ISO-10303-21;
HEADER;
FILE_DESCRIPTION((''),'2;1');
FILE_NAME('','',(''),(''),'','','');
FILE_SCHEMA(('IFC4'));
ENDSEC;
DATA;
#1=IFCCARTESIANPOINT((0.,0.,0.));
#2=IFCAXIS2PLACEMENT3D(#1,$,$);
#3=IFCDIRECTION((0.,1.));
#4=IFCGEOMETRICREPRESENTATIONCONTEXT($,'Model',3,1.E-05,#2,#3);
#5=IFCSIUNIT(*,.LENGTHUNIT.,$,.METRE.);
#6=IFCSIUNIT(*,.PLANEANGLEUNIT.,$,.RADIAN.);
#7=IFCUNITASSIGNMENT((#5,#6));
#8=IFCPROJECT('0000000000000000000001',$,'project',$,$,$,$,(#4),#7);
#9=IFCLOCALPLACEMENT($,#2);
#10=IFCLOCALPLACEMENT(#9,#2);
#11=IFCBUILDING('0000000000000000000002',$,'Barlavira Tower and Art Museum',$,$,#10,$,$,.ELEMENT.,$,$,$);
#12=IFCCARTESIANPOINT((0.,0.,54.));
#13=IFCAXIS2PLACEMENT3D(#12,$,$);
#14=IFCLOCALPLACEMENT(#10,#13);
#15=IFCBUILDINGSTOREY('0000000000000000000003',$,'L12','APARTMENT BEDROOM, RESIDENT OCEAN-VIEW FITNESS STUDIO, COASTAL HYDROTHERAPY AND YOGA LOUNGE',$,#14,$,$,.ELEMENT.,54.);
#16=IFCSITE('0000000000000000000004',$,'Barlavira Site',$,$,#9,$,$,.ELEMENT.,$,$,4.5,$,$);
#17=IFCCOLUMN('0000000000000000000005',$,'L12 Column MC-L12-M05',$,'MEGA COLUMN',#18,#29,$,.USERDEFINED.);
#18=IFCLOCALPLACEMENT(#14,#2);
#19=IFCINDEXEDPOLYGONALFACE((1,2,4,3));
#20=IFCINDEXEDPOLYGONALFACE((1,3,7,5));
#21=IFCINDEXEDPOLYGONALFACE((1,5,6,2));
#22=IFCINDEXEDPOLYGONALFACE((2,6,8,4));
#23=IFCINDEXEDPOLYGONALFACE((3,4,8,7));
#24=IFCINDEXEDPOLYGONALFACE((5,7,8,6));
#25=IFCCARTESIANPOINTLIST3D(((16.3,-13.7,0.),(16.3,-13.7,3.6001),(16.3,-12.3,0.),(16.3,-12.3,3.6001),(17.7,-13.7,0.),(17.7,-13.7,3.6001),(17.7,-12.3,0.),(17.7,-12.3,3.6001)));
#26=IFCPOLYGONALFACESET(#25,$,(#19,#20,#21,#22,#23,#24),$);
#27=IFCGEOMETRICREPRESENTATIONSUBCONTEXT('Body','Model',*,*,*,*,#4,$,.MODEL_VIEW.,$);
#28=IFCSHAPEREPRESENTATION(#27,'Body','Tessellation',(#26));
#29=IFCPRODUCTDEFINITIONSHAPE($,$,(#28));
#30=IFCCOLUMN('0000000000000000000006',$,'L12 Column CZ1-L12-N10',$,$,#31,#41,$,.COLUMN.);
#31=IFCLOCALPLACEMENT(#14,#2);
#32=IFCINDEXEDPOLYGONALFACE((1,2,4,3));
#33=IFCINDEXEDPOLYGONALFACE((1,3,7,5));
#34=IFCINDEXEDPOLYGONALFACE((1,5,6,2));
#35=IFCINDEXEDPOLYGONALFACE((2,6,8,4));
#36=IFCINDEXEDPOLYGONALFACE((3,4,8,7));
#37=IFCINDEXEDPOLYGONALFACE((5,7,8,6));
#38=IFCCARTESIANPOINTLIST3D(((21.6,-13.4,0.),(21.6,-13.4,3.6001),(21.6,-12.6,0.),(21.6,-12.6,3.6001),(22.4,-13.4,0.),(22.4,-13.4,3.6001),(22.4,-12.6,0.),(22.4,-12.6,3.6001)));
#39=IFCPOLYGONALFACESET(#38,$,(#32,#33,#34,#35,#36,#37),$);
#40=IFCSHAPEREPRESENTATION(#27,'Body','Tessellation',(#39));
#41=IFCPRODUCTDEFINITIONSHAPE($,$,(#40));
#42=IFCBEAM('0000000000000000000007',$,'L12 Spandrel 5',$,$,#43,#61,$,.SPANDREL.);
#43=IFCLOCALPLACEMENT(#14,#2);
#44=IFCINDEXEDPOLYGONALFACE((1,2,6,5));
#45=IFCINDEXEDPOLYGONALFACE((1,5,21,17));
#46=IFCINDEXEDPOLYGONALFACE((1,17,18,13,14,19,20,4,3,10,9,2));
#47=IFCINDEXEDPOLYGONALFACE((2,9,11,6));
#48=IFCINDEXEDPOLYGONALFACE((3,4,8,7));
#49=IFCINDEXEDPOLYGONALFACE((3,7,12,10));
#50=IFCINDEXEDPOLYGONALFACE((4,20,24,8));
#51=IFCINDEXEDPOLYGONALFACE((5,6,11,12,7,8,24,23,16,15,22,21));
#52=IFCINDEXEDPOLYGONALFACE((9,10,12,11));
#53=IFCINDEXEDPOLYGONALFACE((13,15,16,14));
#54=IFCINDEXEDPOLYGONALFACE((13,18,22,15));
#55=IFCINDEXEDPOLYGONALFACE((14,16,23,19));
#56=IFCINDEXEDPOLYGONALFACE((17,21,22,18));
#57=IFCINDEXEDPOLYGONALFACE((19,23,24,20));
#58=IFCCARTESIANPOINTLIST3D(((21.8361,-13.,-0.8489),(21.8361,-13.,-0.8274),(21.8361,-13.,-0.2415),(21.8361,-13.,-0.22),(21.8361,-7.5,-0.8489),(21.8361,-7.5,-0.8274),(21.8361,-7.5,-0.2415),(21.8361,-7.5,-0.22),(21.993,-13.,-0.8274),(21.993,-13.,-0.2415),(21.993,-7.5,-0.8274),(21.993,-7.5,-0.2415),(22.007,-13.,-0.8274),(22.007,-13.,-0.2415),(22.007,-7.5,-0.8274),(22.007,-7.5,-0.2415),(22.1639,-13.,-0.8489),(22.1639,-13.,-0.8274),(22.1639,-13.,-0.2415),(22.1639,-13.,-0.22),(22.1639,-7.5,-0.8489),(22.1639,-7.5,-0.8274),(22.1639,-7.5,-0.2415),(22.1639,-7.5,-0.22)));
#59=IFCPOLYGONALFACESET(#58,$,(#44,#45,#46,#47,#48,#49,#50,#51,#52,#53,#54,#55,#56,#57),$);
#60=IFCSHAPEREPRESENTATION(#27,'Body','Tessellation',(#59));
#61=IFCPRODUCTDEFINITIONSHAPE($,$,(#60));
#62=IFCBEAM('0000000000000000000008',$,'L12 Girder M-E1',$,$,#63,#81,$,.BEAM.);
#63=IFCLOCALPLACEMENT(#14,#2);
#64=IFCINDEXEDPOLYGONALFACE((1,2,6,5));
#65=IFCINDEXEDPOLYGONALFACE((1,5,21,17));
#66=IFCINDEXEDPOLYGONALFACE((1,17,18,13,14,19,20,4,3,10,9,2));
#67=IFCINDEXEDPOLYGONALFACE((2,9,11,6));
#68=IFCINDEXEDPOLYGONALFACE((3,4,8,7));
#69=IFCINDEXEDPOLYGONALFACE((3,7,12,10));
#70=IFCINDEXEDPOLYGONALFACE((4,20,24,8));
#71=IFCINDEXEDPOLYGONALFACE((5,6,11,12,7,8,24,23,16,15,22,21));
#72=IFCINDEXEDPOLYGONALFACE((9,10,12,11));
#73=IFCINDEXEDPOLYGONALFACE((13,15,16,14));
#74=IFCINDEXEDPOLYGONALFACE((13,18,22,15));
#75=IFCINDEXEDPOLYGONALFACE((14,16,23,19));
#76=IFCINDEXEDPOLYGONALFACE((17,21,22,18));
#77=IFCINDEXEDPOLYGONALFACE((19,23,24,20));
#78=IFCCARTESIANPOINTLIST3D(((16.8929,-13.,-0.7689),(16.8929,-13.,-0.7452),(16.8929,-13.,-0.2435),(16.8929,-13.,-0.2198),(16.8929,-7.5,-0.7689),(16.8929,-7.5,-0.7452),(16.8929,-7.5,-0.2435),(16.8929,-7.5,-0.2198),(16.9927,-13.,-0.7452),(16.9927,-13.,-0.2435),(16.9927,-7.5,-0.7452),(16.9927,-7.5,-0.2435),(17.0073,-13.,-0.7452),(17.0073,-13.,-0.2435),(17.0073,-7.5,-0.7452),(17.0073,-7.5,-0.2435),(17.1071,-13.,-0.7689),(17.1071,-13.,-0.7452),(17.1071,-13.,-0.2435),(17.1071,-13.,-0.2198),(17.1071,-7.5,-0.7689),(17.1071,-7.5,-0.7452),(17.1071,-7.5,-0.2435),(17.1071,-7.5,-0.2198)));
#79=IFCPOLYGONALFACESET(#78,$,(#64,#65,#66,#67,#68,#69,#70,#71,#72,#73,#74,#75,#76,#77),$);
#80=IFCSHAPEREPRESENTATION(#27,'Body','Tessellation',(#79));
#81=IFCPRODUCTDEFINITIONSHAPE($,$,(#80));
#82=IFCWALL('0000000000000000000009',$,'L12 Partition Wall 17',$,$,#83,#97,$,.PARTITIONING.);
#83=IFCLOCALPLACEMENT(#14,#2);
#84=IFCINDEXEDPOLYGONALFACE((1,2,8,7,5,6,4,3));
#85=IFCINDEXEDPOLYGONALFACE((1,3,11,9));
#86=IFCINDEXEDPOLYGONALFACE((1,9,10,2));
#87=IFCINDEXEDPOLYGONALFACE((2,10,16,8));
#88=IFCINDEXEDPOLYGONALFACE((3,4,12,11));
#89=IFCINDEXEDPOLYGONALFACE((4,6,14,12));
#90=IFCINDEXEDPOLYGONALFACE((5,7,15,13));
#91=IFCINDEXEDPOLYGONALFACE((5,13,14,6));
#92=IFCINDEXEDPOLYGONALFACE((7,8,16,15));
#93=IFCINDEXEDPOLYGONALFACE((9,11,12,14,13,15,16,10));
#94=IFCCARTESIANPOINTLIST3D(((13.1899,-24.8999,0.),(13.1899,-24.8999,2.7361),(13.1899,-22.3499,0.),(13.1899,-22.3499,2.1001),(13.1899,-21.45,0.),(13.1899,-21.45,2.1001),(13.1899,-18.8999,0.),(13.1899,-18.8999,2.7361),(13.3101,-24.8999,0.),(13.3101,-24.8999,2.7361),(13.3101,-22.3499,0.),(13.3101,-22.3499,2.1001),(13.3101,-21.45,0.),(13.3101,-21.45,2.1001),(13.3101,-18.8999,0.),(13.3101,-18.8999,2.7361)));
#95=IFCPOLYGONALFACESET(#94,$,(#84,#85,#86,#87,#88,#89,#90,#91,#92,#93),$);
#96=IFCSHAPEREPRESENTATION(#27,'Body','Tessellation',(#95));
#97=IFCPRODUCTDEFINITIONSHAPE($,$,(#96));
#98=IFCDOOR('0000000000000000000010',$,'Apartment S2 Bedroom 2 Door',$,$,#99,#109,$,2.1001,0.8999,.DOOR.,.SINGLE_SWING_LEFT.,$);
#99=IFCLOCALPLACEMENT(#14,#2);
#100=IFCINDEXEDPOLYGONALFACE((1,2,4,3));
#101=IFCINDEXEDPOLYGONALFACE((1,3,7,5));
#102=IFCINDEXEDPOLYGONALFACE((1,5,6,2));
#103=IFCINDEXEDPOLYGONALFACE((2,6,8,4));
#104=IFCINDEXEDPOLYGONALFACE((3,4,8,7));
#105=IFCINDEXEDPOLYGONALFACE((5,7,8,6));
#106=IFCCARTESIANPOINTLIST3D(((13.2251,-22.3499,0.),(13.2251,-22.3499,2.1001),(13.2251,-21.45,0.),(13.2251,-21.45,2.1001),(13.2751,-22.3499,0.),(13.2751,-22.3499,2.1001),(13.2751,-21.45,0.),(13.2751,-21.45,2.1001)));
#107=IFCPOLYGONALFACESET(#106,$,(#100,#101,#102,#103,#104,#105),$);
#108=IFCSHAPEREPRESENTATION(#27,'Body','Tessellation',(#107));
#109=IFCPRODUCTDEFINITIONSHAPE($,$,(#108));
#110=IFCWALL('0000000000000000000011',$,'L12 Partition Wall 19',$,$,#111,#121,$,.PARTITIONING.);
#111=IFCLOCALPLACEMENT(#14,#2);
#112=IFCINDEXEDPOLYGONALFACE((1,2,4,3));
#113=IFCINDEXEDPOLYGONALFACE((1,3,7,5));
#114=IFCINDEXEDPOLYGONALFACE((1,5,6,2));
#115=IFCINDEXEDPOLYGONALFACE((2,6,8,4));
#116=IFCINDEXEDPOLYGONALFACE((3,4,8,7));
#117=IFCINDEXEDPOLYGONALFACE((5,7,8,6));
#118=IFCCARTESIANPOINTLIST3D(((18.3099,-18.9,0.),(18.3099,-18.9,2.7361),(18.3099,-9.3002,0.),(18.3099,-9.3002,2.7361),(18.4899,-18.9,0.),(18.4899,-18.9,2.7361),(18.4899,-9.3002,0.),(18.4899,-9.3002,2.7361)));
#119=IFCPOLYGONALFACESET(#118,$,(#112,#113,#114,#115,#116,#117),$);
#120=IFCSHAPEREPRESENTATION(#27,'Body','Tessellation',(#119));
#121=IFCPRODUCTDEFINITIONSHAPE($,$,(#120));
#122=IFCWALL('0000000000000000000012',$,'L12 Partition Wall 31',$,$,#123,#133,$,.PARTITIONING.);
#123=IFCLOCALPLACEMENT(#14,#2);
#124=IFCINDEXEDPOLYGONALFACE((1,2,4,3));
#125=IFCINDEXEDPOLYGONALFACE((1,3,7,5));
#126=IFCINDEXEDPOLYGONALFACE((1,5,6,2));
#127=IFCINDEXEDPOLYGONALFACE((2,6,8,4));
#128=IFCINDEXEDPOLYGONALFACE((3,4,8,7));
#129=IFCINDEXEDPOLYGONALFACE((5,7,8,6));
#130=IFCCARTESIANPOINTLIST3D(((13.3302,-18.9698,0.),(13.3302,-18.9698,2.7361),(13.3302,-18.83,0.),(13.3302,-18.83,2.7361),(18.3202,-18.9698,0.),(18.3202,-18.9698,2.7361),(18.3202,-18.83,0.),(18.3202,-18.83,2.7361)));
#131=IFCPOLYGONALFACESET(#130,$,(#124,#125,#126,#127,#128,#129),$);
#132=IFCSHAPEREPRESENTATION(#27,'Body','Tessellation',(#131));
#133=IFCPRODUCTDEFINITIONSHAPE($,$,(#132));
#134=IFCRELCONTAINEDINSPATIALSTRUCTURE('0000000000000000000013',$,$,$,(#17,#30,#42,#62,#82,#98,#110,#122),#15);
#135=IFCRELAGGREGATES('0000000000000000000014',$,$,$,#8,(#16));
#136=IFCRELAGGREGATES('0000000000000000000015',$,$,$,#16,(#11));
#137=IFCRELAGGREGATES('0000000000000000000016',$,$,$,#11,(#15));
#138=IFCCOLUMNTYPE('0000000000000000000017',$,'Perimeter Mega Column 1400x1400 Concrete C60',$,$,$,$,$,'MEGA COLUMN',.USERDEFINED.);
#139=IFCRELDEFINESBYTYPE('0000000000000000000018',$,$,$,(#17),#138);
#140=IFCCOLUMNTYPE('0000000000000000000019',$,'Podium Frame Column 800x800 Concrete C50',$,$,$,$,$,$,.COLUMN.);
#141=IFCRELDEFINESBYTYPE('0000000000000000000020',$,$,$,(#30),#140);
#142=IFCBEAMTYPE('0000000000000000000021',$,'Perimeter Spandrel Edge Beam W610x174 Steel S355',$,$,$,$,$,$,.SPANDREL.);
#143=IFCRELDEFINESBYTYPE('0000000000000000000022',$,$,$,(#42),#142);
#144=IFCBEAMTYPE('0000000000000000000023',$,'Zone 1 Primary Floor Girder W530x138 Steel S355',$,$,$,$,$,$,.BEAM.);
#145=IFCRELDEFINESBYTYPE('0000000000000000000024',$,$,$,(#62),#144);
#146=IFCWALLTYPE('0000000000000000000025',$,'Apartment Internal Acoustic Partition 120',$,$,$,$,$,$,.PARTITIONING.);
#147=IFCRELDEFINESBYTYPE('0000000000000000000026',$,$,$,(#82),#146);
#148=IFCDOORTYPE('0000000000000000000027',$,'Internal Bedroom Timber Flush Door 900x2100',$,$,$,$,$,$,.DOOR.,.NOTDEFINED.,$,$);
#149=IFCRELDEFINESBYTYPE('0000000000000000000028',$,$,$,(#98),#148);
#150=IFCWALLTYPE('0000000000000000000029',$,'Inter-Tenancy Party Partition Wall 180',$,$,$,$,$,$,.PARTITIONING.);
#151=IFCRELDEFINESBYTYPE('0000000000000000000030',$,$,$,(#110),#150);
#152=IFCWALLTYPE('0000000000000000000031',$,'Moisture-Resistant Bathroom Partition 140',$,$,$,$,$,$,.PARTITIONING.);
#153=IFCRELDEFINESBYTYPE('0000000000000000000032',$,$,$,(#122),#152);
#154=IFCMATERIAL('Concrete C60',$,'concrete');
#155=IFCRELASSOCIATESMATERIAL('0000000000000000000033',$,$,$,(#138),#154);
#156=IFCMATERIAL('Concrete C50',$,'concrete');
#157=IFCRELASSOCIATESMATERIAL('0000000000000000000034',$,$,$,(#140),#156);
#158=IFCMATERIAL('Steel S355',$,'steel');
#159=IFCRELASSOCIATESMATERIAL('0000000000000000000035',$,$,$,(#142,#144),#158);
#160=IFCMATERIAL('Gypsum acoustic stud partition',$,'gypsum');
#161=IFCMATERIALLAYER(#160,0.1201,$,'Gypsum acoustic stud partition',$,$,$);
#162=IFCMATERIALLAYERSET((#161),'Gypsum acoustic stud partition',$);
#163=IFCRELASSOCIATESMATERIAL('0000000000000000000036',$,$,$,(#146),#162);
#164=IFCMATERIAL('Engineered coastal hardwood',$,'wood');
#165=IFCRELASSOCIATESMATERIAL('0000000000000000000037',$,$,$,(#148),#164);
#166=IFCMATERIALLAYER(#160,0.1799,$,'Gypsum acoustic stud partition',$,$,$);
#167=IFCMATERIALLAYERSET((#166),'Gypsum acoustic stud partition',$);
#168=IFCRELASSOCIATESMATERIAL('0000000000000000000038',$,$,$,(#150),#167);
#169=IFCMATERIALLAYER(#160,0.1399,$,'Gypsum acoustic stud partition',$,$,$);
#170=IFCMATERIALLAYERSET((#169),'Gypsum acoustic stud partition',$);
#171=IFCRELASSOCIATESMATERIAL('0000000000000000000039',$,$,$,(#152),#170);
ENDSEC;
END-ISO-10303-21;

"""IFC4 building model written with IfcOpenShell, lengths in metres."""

from ifc_helpers import new_model, si_unit, direction, frame, frame_2d, origin, origin_2d, place, context, subcontext, project, spatial, rectangle, i_section, extrude, material, layer, layer_set, material_profile, profile_set, type_object, element, fill, save


model = new_model("IFC4")

# Units and contexts
model_context = context("Model", 3, precision=1e-05, world=origin(), true_north=direction((0.0, 1.0)))
body_context = subcontext(model_context, "Body", "Model", "MODEL_VIEW")
ifc_project = project(units=[si_unit("LENGTHUNIT", "METRE"), si_unit("PLANEANGLEUNIT", "RADIAN")], contexts=[model_context])

# Site, building, storey
site_placement = place(None, origin())
site = spatial("IfcSite", under=ifc_project, at=site_placement, Name="Barlavira Site", CompositionType="ELEMENT", RefElevation=4.5)
building_placement = place(site_placement, origin())
building = spatial("IfcBuilding", under=site, at=building_placement, Name="Barlavira Tower and Art Museum", CompositionType="ELEMENT")
storey_placement = place(building_placement, frame((0.0, 0.0, 54.0)))
storey = spatial("IfcBuildingStorey", under=building, at=storey_placement, Name="L12", Description="APARTMENT BEDROOM, RESIDENT OCEAN-VIEW FITNESS STUDIO, COASTAL HYDROTHERAPY AND YOGA LOUNGE", CompositionType="ELEMENT", Elevation=54.0)

# Columns
ifc_material_1 = material(Name="Concrete C60", Category="concrete")
ifc_material_profile_1 = material_profile(ifc_material_1, rectangle(XDim=1.3999, YDim=1.3999, at=origin_2d()), Name="RC-MCOL 1400x1400")
ifc_profile_set_1 = profile_set([ifc_material_profile_1], Name="Concrete C60")
column_type_1 = type_object("IfcColumnType", Name="Perimeter Mega Column 1400x1400 Concrete C60", ElementType="MEGA COLUMN", PredefinedType="USERDEFINED", material=ifc_profile_set_1)
column_1_placement = place(storey_placement, frame((17.0, -13.0, 0.0), z_axis=(0.0, 0.0, 1.0), x_axis=(1.0, 0.0, 0.0)))
element("IfcColumn", 1, at=column_1_placement, inside=storey, type_object=column_type_1, Name="L12 Column MC-L12-M05", ObjectType="MEGA COLUMN", PredefinedType="USERDEFINED", context=body_context, shape_type="SweptSolid", body=[
    extrude(rectangle(XDim=1.3999, YDim=1.3999, at=origin_2d()), origin(), (0.0, 0.0, 1.0), 3.6001),
])
ifc_material_2 = material(Name="Concrete C50", Category="concrete")
ifc_material_profile_2 = material_profile(ifc_material_2, rectangle(XDim=0.8, YDim=0.8, at=origin_2d()), Name="RC-COL 800x800")
ifc_profile_set_2 = profile_set([ifc_material_profile_2], Name="Concrete C50")
column_type_2 = type_object("IfcColumnType", Name="Podium Frame Column 800x800 Concrete C50", PredefinedType="COLUMN", material=ifc_profile_set_2)
column_2_placement = place(storey_placement, frame((22.0, -13.0, 0.0), z_axis=(0.0, 0.0, 1.0), x_axis=(1.0, 0.0, 0.0)))
element("IfcColumn", 2, at=column_2_placement, inside=storey, type_object=column_type_2, Name="L12 Column CZ1-L12-N10", PredefinedType="COLUMN", context=body_context, shape_type="SweptSolid", body=[
    extrude(rectangle(XDim=0.8, YDim=0.8, at=origin_2d()), origin(), (0.0, 0.0, 1.0), 3.6001),
])

# Beams
ifc_material_3 = material(Name="Steel S355", Category="steel")
ifc_material_profile_3 = material_profile(ifc_material_3, i_section(OverallWidth=0.3279, OverallDepth=0.6289, WebThickness=0.0139, FlangeThickness=0.0215, at=origin_2d()), Name="W610x174.0")
ifc_profile_set_3 = profile_set([ifc_material_profile_3], Name="Steel S355")
beam_type_1 = type_object("IfcBeamType", Name="Perimeter Spandrel Edge Beam W610x174 Steel S355", PredefinedType="SPANDREL", material=ifc_profile_set_3)
beam_1_placement = place(storey_placement, frame((22.0, -13.0, -0.5344), z_axis=(0.0, 1.0, 0.0), x_axis=(-1.0, 0.0, 0.0)))
element("IfcBeam", 3, at=beam_1_placement, inside=storey, type_object=beam_type_1, Name="L12 Spandrel 5", PredefinedType="SPANDREL", context=body_context, shape_type="SweptSolid", body=[
    extrude(i_section(OverallWidth=0.3279, OverallDepth=0.6289, WebThickness=0.0139, FlangeThickness=0.0215, at=origin_2d()), origin(), (0.0, 0.0, 1.0), 5.5),
])
ifc_material_profile_4 = material_profile(ifc_material_3, i_section(OverallWidth=0.2141, OverallDepth=0.5491, WebThickness=0.0146, FlangeThickness=0.0237, at=origin_2d()), Name="W530x138.0")
ifc_profile_set_4 = profile_set([ifc_material_profile_4], Name="Steel S355")
beam_type_2 = type_object("IfcBeamType", Name="Zone 1 Primary Floor Girder W530x138 Steel S355", PredefinedType="BEAM", material=ifc_profile_set_4)
beam_2_placement = place(storey_placement, frame((17.0, -13.0, -0.4944), z_axis=(0.0, 1.0, 0.0), x_axis=(-1.0, 0.0, 0.0)))
element("IfcBeam", 4, at=beam_2_placement, inside=storey, type_object=beam_type_2, Name="L12 Girder M-E1", PredefinedType="BEAM", context=body_context, shape_type="SweptSolid", body=[
    extrude(i_section(OverallWidth=0.2141, OverallDepth=0.5491, WebThickness=0.0146, FlangeThickness=0.0237, at=origin_2d()), origin(), (0.0, 0.0, 1.0), 5.5),
])

# Wall, opening, door
ifc_material_4 = material(Name="Gypsum acoustic stud partition", Category="gypsum")
ifc_layer_1 = layer(ifc_material_4, 0.1201, Name="Gypsum acoustic stud partition")
ifc_layer_set_1 = layer_set([ifc_layer_1], Name="Gypsum acoustic stud partition")
wall_type_1 = type_object("IfcWallType", Name="Apartment Internal Acoustic Partition 120", PredefinedType="PARTITIONING", material=ifc_layer_set_1)
wall_1_placement = place(storey_placement, frame((13.25, -24.8999, 0.0), z_axis=(0.0, 0.0, 1.0), x_axis=(0.0, 1.0, 0.0)))
wall_1 = element("IfcWall", 5, at=wall_1_placement, inside=storey, type_object=wall_type_1, Name="L12 Partition Wall 17", PredefinedType="PARTITIONING", context=body_context, shape_type="SweptSolid", body=[
    extrude(rectangle(XDim=6.0, YDim=0.1201, at=frame_2d((3.0, 0.0))), origin(), (0.0, 0.0, 1.0), 2.7361),
])
opening_1_placement = place(wall_1_placement, frame((2.55, 0.0, 0.0)))
opening_1 = element("IfcOpeningElement", 6, at=opening_1_placement, cuts=wall_1, PredefinedType="OPENING", context=body_context, shape_type="SweptSolid", body=[
    extrude(rectangle(XDim=0.8999, YDim=2.1001, at=frame_2d((0.45, 1.05))), frame((0.0, 0.0701, 0.0), z_axis=(0.0, -1.0, 0.0), x_axis=(1.0, 0.0, 0.0)), (0.0, 0.0, 1.0), 0.1401),
])
ifc_material_5 = material(Name="Engineered coastal hardwood", Category="wood")
door_type = type_object("IfcDoorType", Name="Internal Bedroom Timber Flush Door 900x2100", OperationType="NOTDEFINED", PredefinedType="DOOR", material=ifc_material_5)
door_placement = place(opening_1_placement, origin())
door = element("IfcDoor", 7, at=door_placement, inside=storey, type_object=door_type, Name="Apartment S2 Bedroom 2 Door", OperationType="SINGLE_SWING_LEFT", OverallHeight=2.1001, OverallWidth=0.8999, PredefinedType="DOOR", context=body_context, shape_type="SweptSolid", body=[
    extrude(rectangle(XDim=0.8999, YDim=2.1001, at=frame_2d((0.45, 1.05))), frame((0.0, 0.0249, 0.0), z_axis=(0.0, -1.0, 0.0), x_axis=(1.0, 0.0, 0.0)), (0.0, 0.0, 1.0), 0.05),
])
fill(opening_1, door)

# Walls
ifc_layer_2 = layer(ifc_material_4, 0.1799, Name="Gypsum acoustic stud partition")
ifc_layer_set_2 = layer_set([ifc_layer_2], Name="Gypsum acoustic stud partition")
wall_type_2 = type_object("IfcWallType", Name="Inter-Tenancy Party Partition Wall 180", PredefinedType="PARTITIONING", material=ifc_layer_set_2)
wall_2_placement = place(storey_placement, frame((18.3999, -18.8999, 0.0), z_axis=(0.0, 0.0, 1.0), x_axis=(0.0, 1.0, 0.0)))
element("IfcWall", 8, at=wall_2_placement, inside=storey, type_object=wall_type_2, Name="L12 Partition Wall 19", PredefinedType="PARTITIONING", context=body_context, shape_type="SweptSolid", body=[
    extrude(rectangle(XDim=9.5999, YDim=0.1799, at=frame_2d((4.7998, 0.0))), origin(), (0.0, 0.0, 1.0), 2.7361),
])
ifc_layer_3 = layer(ifc_material_4, 0.1399, Name="Gypsum acoustic stud partition")
ifc_layer_set_3 = layer_set([ifc_layer_3], Name="Gypsum acoustic stud partition")
wall_type_3 = type_object("IfcWallType", Name="Moisture-Resistant Bathroom Partition 140", PredefinedType="PARTITIONING", material=ifc_layer_set_3)
wall_3_placement = place(storey_placement, frame((13.3301, -18.8999, 0.0), z_axis=(0.0, 0.0, 1.0), x_axis=(1.0, 0.0, 0.0)))
element("IfcWall", 9, at=wall_3_placement, inside=storey, type_object=wall_type_3, Name="L12 Partition Wall 31", PredefinedType="PARTITIONING", context=body_context, shape_type="SweptSolid", body=[
    extrude(rectangle(XDim=4.99, YDim=0.1399, at=frame_2d((2.4951, 0.0))), origin(), (0.0, 0.0, 1.0), 2.7361),
])

save(model, "model.ifc")
